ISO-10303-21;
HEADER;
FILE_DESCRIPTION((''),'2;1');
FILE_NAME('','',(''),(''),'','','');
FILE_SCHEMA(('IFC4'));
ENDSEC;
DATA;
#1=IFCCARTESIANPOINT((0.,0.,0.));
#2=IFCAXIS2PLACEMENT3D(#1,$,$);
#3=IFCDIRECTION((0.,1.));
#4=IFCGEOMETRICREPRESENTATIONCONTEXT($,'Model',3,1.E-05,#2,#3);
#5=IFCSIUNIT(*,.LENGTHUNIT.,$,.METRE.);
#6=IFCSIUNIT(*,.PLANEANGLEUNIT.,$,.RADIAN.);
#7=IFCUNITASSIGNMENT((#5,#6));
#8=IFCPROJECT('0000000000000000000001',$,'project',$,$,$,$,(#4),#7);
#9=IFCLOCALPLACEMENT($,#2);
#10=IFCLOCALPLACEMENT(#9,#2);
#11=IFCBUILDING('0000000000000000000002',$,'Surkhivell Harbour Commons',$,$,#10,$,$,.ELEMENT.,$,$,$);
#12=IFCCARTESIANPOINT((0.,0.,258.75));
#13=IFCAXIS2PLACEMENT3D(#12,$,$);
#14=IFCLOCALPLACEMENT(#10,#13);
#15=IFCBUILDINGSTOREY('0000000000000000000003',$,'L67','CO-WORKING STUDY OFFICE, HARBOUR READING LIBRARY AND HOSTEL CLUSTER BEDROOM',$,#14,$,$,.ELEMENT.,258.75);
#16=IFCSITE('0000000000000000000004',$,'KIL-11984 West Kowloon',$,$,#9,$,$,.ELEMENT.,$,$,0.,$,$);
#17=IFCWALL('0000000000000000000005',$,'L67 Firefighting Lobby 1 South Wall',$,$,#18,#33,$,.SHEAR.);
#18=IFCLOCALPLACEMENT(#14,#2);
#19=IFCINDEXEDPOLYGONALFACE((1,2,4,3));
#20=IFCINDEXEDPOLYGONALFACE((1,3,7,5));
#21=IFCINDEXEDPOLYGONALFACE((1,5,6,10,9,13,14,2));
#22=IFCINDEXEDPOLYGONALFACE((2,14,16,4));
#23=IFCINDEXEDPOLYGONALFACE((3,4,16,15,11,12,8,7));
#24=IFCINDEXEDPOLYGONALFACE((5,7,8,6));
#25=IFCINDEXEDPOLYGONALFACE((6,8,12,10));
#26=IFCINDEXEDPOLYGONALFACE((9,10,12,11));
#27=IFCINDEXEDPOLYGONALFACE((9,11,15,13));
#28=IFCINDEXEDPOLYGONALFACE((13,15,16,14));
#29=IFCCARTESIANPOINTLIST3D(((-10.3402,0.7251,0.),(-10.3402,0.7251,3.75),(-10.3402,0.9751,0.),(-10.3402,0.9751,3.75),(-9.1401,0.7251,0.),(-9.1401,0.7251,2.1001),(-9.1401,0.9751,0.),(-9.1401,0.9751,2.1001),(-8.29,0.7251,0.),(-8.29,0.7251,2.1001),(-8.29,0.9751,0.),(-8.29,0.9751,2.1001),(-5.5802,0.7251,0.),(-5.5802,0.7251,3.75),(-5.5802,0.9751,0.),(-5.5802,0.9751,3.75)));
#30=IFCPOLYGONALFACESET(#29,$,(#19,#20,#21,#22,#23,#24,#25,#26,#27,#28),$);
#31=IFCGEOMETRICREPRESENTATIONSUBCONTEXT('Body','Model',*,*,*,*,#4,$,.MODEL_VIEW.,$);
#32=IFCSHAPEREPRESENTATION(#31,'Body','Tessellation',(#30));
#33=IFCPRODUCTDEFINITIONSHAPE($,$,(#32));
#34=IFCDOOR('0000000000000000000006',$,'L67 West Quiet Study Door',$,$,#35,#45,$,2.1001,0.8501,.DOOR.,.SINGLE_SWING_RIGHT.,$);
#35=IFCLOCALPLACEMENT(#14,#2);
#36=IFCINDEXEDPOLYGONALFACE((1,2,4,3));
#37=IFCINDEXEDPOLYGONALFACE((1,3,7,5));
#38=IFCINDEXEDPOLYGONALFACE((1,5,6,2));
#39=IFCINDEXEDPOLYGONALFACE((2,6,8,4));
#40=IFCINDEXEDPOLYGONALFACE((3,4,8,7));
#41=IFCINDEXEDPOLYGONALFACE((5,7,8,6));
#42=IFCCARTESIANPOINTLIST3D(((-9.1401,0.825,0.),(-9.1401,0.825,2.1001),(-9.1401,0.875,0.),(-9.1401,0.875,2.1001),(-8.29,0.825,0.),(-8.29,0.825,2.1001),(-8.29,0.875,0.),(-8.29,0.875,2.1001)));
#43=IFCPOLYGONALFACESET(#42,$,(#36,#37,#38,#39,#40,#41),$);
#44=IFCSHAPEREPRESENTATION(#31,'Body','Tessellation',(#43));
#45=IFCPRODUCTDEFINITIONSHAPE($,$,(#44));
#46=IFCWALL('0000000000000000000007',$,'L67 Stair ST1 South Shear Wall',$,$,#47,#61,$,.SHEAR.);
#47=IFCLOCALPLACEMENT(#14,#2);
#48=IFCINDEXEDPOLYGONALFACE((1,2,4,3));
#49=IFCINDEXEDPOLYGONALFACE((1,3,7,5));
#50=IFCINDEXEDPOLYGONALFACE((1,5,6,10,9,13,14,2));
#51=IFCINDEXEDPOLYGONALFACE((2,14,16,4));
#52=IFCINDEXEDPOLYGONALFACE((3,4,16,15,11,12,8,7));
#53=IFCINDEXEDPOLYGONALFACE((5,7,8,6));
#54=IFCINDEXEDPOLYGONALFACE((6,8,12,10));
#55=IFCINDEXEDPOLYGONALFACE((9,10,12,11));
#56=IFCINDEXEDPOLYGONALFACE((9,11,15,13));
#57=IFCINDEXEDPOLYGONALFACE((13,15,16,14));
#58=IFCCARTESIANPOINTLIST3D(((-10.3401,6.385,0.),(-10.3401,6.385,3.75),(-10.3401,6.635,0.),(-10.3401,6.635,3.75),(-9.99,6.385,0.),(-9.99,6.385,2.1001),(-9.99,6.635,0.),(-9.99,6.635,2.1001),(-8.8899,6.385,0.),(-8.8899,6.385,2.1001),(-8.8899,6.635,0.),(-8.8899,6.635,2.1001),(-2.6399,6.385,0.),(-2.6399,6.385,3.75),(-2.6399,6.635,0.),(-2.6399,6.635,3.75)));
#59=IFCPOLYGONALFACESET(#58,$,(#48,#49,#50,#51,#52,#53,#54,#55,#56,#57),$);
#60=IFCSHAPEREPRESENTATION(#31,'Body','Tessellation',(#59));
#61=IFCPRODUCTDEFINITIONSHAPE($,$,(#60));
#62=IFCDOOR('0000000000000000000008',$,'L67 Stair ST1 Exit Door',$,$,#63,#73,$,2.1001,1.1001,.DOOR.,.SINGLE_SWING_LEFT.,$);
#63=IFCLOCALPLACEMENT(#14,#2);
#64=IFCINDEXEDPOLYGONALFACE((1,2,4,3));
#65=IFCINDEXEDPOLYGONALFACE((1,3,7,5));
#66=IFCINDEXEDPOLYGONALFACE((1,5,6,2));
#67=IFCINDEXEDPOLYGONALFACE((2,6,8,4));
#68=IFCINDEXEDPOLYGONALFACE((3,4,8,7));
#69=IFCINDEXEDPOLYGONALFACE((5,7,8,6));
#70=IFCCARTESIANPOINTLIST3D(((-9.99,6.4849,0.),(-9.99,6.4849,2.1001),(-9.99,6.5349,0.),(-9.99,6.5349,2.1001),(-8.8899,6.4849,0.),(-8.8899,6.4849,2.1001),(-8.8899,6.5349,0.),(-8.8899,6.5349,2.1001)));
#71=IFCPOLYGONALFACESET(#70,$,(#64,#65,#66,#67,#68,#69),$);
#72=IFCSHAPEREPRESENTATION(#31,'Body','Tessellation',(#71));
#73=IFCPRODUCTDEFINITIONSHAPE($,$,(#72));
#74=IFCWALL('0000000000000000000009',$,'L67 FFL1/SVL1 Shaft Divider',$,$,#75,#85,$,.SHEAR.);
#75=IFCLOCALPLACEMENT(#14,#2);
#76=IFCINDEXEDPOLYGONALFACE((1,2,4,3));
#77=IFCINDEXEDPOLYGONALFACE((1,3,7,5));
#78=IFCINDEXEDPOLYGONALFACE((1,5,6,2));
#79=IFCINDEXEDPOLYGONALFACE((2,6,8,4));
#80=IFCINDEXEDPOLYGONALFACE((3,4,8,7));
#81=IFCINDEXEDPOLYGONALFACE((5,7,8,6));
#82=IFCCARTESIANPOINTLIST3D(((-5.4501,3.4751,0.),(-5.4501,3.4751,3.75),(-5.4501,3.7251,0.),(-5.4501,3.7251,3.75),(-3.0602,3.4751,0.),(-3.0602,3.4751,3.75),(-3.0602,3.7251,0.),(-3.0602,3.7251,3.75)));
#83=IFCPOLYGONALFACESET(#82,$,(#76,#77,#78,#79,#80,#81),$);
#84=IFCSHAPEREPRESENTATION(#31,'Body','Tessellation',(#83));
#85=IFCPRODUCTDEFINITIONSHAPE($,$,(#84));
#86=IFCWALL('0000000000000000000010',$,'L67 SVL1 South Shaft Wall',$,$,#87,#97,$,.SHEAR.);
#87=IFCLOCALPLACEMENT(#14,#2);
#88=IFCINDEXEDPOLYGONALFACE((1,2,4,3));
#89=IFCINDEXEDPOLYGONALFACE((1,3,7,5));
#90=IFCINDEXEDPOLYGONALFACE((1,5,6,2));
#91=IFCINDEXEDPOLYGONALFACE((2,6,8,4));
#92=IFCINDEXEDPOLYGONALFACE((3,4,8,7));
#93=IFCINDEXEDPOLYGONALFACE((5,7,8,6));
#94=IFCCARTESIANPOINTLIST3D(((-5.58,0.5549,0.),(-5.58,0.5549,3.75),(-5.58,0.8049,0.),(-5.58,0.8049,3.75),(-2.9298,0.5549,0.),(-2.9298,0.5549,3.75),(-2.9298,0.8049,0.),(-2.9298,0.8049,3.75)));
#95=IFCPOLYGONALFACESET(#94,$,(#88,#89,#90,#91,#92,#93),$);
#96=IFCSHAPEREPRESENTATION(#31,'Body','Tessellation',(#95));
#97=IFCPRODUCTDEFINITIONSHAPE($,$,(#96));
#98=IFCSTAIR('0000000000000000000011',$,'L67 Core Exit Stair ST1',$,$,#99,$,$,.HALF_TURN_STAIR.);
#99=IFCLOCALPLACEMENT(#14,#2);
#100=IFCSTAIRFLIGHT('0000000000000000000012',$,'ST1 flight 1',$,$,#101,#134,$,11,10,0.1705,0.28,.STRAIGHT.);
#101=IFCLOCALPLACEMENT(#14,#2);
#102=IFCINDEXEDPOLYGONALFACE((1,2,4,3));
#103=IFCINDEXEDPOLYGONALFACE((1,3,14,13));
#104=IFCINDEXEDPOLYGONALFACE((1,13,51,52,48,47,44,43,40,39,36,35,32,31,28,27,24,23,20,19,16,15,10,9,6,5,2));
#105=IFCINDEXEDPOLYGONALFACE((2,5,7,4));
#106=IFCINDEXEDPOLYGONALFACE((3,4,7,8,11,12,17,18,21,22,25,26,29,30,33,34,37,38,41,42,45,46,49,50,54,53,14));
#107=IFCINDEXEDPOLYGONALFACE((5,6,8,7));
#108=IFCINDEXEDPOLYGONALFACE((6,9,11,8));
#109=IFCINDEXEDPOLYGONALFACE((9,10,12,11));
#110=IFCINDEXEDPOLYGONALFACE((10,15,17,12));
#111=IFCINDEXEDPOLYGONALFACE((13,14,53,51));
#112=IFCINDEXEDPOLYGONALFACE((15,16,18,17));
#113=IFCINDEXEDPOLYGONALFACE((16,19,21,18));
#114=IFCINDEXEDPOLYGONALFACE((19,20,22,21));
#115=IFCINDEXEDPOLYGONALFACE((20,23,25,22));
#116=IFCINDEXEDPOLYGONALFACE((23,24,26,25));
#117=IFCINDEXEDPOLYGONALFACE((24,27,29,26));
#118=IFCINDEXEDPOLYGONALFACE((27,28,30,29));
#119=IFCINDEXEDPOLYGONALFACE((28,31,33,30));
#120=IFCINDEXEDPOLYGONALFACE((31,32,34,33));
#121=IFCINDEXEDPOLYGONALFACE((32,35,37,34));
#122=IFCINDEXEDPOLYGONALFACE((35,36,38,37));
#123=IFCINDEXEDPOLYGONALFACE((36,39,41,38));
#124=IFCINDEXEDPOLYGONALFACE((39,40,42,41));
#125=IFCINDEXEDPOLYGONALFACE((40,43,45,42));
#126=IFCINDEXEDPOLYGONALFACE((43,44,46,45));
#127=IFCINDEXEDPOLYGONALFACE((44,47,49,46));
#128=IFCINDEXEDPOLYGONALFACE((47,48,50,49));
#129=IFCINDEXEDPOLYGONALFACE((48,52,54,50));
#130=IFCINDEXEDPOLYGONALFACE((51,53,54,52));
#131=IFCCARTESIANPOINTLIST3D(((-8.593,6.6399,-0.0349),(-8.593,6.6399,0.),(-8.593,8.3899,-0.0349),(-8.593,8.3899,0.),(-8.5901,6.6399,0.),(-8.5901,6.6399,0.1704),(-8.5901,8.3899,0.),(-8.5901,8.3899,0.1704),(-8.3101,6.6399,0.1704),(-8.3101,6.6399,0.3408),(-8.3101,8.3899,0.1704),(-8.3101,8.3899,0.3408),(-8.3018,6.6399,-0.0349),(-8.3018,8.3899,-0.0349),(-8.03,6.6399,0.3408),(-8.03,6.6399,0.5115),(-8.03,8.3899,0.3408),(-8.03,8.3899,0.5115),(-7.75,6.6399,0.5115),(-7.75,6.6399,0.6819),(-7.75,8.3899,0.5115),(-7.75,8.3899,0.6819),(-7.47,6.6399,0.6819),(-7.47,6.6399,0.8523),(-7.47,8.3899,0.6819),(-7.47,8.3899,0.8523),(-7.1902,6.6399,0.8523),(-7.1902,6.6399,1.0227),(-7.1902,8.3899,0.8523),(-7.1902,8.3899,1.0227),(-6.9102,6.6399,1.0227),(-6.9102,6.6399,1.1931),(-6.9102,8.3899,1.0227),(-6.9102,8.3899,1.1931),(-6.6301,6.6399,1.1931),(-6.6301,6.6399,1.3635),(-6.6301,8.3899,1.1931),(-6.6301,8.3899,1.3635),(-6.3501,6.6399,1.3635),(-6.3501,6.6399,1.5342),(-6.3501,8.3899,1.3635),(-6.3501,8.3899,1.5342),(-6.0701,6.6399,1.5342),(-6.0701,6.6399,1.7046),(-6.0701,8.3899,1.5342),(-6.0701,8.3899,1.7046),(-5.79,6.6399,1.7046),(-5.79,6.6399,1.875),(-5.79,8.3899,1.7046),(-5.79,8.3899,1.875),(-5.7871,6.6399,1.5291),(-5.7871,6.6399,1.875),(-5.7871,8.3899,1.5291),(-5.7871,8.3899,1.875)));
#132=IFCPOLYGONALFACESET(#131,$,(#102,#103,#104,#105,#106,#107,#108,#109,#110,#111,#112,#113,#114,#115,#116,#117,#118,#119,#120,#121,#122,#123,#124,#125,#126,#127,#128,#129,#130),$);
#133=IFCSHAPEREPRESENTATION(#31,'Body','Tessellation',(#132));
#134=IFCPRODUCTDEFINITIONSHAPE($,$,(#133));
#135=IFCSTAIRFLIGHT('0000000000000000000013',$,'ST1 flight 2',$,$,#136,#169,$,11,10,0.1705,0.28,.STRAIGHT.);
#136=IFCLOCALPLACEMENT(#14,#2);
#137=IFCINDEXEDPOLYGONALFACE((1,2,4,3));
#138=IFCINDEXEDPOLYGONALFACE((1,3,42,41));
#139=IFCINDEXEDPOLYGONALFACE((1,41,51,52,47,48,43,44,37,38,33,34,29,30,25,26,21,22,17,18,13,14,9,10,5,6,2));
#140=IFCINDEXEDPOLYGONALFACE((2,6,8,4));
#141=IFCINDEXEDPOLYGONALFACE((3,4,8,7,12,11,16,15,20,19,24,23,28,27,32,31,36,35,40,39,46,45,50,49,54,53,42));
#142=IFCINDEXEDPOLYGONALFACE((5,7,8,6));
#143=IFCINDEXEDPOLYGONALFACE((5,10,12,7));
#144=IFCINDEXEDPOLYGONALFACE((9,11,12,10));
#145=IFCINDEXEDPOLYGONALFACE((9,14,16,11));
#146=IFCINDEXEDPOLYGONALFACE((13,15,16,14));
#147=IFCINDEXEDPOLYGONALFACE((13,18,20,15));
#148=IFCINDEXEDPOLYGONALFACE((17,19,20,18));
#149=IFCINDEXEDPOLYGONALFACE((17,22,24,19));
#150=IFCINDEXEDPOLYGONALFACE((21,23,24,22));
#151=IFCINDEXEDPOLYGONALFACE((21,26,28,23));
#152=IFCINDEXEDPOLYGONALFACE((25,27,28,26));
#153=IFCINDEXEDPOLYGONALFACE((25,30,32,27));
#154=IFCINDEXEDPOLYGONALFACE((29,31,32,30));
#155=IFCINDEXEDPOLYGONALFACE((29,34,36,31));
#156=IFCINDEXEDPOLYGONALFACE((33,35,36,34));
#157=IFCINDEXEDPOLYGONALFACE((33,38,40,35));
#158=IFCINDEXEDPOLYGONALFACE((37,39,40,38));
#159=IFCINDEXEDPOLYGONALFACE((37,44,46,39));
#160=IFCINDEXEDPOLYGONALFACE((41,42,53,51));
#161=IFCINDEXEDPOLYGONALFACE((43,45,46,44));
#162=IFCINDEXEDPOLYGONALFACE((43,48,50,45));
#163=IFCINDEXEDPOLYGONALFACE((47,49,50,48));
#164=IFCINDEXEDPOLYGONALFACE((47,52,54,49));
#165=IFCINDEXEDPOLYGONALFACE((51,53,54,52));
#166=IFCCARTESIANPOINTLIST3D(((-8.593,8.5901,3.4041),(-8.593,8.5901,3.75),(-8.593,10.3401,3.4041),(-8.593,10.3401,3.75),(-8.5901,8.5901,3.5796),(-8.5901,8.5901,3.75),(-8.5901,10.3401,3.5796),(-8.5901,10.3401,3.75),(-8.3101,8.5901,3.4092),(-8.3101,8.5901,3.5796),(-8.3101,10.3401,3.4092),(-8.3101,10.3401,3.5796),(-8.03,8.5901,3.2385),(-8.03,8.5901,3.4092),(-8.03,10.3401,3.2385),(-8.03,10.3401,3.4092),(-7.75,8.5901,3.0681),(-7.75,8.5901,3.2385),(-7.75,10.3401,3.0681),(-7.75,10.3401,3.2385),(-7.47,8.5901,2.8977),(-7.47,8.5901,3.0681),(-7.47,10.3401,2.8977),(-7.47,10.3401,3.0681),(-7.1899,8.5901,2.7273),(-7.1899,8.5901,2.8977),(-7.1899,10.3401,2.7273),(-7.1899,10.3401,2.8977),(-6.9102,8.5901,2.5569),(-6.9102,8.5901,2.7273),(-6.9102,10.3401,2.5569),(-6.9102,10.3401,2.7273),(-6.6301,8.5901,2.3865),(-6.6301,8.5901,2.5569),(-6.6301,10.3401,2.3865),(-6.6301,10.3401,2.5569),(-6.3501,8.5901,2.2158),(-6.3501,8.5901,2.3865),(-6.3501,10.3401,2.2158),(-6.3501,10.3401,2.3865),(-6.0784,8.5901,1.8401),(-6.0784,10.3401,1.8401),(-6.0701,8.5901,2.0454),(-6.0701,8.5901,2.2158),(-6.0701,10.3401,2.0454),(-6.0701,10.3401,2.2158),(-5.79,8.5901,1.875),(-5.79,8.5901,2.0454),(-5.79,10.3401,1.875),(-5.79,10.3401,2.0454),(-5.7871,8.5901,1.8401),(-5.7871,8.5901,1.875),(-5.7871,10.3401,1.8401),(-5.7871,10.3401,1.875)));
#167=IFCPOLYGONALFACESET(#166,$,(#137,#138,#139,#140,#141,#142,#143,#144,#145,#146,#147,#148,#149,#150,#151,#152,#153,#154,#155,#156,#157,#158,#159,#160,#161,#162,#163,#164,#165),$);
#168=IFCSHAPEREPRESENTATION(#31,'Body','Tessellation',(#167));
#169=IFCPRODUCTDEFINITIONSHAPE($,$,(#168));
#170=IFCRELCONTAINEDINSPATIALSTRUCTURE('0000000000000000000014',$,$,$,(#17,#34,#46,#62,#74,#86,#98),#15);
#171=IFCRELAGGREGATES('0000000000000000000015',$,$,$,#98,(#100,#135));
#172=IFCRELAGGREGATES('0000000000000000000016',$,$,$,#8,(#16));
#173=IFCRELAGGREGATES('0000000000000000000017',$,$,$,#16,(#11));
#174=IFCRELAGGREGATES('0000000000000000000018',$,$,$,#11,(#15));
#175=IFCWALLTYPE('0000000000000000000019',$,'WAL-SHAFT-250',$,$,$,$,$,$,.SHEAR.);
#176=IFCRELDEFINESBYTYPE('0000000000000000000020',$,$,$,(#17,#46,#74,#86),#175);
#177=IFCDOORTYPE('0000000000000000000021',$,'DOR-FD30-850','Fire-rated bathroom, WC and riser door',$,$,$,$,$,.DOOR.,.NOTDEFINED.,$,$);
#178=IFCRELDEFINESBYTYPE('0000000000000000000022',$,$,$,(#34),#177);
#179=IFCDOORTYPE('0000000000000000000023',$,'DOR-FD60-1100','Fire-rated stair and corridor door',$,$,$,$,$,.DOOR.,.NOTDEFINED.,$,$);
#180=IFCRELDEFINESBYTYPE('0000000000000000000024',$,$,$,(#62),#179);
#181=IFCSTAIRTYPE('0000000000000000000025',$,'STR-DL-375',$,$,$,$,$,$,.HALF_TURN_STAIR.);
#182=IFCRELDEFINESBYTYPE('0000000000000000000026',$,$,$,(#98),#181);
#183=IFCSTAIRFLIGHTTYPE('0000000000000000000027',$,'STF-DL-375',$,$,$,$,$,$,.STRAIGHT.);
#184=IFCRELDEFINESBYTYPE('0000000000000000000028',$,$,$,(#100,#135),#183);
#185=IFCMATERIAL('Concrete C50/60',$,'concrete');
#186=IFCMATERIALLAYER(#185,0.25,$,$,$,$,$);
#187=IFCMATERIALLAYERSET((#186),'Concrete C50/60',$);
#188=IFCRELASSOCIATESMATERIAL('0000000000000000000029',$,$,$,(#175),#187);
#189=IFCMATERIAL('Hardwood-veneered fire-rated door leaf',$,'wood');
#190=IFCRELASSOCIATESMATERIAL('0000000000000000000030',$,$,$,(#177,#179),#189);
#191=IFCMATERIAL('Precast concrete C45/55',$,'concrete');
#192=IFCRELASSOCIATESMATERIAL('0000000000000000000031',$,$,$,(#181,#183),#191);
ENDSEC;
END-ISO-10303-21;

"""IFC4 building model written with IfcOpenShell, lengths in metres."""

from ifc_helpers import new_model, si_unit, direction, frame, frame_2d, origin, place, context, subcontext, project, spatial, polyline, rectangle, outline, extrude, material, layer, layer_set, type_object, element, fill, aggregate, save


model = new_model("IFC4")

# Units and contexts
model_context = context("Model", 3, precision=1e-05, world=origin(), true_north=direction((0.0, 1.0)))
body_context = subcontext(model_context, "Body", "Model", "MODEL_VIEW")
ifc_project = project(units=[si_unit("LENGTHUNIT", "METRE"), si_unit("PLANEANGLEUNIT", "RADIAN")], contexts=[model_context])

# Site, building, storey
site_placement = place(None, origin())
site = spatial("IfcSite", under=ifc_project, at=site_placement, Name="KIL-11984 West Kowloon", CompositionType="ELEMENT", RefElevation=0.0)
building_placement = place(site_placement, origin())
building = spatial("IfcBuilding", under=site, at=building_placement, Name="Surkhivell Harbour Commons", CompositionType="ELEMENT")
storey_placement = place(building_placement, frame((0.0, 0.0, 258.75)))
storey = spatial("IfcBuildingStorey", under=building, at=storey_placement, Name="L67", Description="CO-WORKING STUDY OFFICE, HARBOUR READING LIBRARY AND HOSTEL CLUSTER BEDROOM", CompositionType="ELEMENT", Elevation=258.75)

# Shared definitions
ifc_material_1 = material(Name="Concrete C50/60", Category="concrete")

# Shared definitions
ifc_material_2 = material(Name="Hardwood-veneered fire-rated door leaf", Category="wood")

# Walls, openings, doors
ifc_layer_1 = layer(ifc_material_1, 0.25)
ifc_layer_set_1 = layer_set([ifc_layer_1], Name="Concrete C50/60")
wall_type_1 = type_object("IfcWallType", Name="WAL-SHAFT-250", PredefinedType="SHEAR", material=ifc_layer_set_1)
wall_1_placement = place(storey_placement, frame((-10.3401, 0.8501, 0.0), z_axis=(0.0, 0.0, 1.0), x_axis=(1.0, 0.0, 0.0)))
wall_1 = element("IfcWall", 1, at=wall_1_placement, inside=storey, type_object=wall_type_1, Name="L67 Firefighting Lobby 1 South Wall", PredefinedType="SHEAR", context=body_context, shape_type="SweptSolid", body=[
    extrude(rectangle(XDim=4.76, YDim=0.25, at=frame_2d((2.3799, 0.0))), origin(), (0.0, 0.0, 1.0), 3.75),
])
opening_1_placement = place(wall_1_placement, frame((1.2, 0.0, 0.0)))
opening_1 = element("IfcOpeningElement", 2, at=opening_1_placement, cuts=wall_1, PredefinedType="OPENING", context=body_context, shape_type="SweptSolid", body=[
    extrude(rectangle(XDim=0.8501, YDim=2.1001, at=frame_2d((0.425, 1.05))), frame((0.0, 0.135, 0.0), z_axis=(0.0, -1.0, 0.0), x_axis=(1.0, 0.0, 0.0)), (0.0, 0.0, 1.0), 0.27),
])
door_type_1 = type_object("IfcDoorType", Name="DOR-FD30-850", Description="Fire-rated bathroom, WC and riser door", OperationType="NOTDEFINED", PredefinedType="DOOR", material=ifc_material_2)
door_1_placement = place(opening_1_placement, origin())
door_1 = element("IfcDoor", 3, at=door_1_placement, inside=storey, type_object=door_type_1, Name="L67 West Quiet Study Door", OperationType="SINGLE_SWING_RIGHT", OverallHeight=2.1001, OverallWidth=0.8501, PredefinedType="DOOR", context=body_context, shape_type="SweptSolid", body=[
    extrude(rectangle(XDim=0.8501, YDim=2.1001, at=frame_2d((0.425, 1.05))), frame((0.0, 0.0249, 0.0), z_axis=(0.0, -1.0, 0.0), x_axis=(1.0, 0.0, 0.0)), (0.0, 0.0, 1.0), 0.05),
])
fill(opening_1, door_1)
wall_2_placement = place(storey_placement, frame((-10.3401, 6.51, 0.0), z_axis=(0.0, 0.0, 1.0), x_axis=(1.0, 0.0, 0.0)))
wall_2 = element("IfcWall", 4, at=wall_2_placement, inside=storey, type_object=wall_type_1, Name="L67 Stair ST1 South Shear Wall", PredefinedType="SHEAR", context=body_context, shape_type="SweptSolid", body=[
    extrude(rectangle(XDim=7.7002, YDim=0.25, at=frame_2d((3.8501, 0.0))), origin(), (0.0, 0.0, 1.0), 3.75),
])
opening_2_placement = place(wall_2_placement, frame((0.3501, 0.0, 0.0)))
opening_2 = element("IfcOpeningElement", 5, at=opening_2_placement, cuts=wall_2, PredefinedType="OPENING", context=body_context, shape_type="SweptSolid", body=[
    extrude(rectangle(XDim=1.1001, YDim=2.1001, at=frame_2d((0.55, 1.05))), frame((0.0, 0.135, 0.0), z_axis=(0.0, -1.0, 0.0), x_axis=(1.0, 0.0, 0.0)), (0.0, 0.0, 1.0), 0.27),
])
door_type_2 = type_object("IfcDoorType", Name="DOR-FD60-1100", Description="Fire-rated stair and corridor door", OperationType="NOTDEFINED", PredefinedType="DOOR", material=ifc_material_2)
door_2_placement = place(opening_2_placement, origin())
door_2 = element("IfcDoor", 6, at=door_2_placement, inside=storey, type_object=door_type_2, Name="L67 Stair ST1 Exit Door", OperationType="SINGLE_SWING_LEFT", OverallHeight=2.1001, OverallWidth=1.1001, PredefinedType="DOOR", context=body_context, shape_type="SweptSolid", body=[
    extrude(rectangle(XDim=1.1001, YDim=2.1001, at=frame_2d((0.55, 1.05))), frame((0.0, 0.0249, 0.0), z_axis=(0.0, -1.0, 0.0), x_axis=(1.0, 0.0, 0.0)), (0.0, 0.0, 1.0), 0.05),
])
fill(opening_2, door_2)

# Walls
wall_3_placement = place(storey_placement, frame((-5.45, 3.6001, 0.0), z_axis=(0.0, 0.0, 1.0), x_axis=(1.0, 0.0, 0.0)))
element("IfcWall", 7, at=wall_3_placement, inside=storey, type_object=wall_type_1, Name="L67 FFL1/SVL1 Shaft Divider", PredefinedType="SHEAR", context=body_context, shape_type="SweptSolid", body=[
    extrude(rectangle(XDim=2.3899, YDim=0.25, at=frame_2d((1.1948, 0.0))), origin(), (0.0, 0.0, 1.0), 3.75),
])
wall_4_placement = place(storey_placement, frame((-5.5801, 0.6799, 0.0), z_axis=(0.0, 0.0, 1.0), x_axis=(1.0, 0.0, 0.0)))
element("IfcWall", 8, at=wall_4_placement, inside=storey, type_object=wall_type_1, Name="L67 SVL1 South Shaft Wall", PredefinedType="SHEAR", context=body_context, shape_type="SweptSolid", body=[
    extrude(rectangle(XDim=2.6501, YDim=0.25, at=frame_2d((1.3252, 0.0))), origin(), (0.0, 0.0, 1.0), 3.75),
])

# Stair, stair flights
ifc_material_3 = material(Name="Precast concrete C45/55", Category="concrete")
stair_type = type_object("IfcStairType", Name="STR-DL-375", PredefinedType="HALF_TURN_STAIR", material=ifc_material_3)
stair_placement = place(storey_placement, origin())
stair = element("IfcStair", 9, at=stair_placement, inside=storey, type_object=stair_type, Name="L67 Core Exit Stair ST1", PredefinedType="HALF_TURN_STAIR")
stair_flight_type = type_object("IfcStairFlightType", Name="STF-DL-375", PredefinedType="STRAIGHT", material=ifc_material_3)
stair_flight_1_placement = place(storey_placement, frame((-8.5901, 7.5149, 0.0), z_axis=(0.0, 0.0, 1.0), x_axis=(1.0, 0.0, 0.0)))
stair_flight_1 = element("IfcStairFlight", 10, at=stair_flight_1_placement, type_object=stair_flight_type, Name="ST1 flight 1", NumberOfRisers=11, NumberOfTreads=10, PredefinedType="STRAIGHT", RiserHeight=0.1705, TreadLength=0.28, context=body_context, shape_type="SweptSolid", body=[
    extrude(outline(polyline([(-0.0029, -0.0349), (-0.0029, 0.0), (0.0, 0.0), (0.0, 0.1704), (0.28, 0.1704), (0.28, 0.3408), (0.5601, 0.3408), (0.5601, 0.5115), (0.8401, 0.5115), (0.8401, 0.6819), (1.1201, 0.6819), (1.1201, 0.8523), (1.3999, 0.8523), (1.3999, 1.0227), (1.6799, 1.0227), (1.6799, 1.1931), (1.96, 1.1931), (1.96, 1.3635), (2.24, 1.3635), (2.24, 1.5342), (2.52, 1.5342), (2.52, 1.7046), (2.8, 1.7046), (2.8, 1.875), (2.803, 1.875), (2.803, 1.5291), (0.2883, -0.0349), (-0.0029, -0.0349)])), frame((0.0, 0.875, 0.0), z_axis=(0.0, -1.0, 0.0), x_axis=(1.0, 0.0, 0.0)), (0.0, 0.0, 1.0), 1.75),
])
stair_flight_2_placement = place(storey_placement, frame((-5.79, 9.4651, 1.875), z_axis=(0.0, 0.0, 1.0), x_axis=(-1.0, 0.0, 0.0)))
stair_flight_2 = element("IfcStairFlight", 11, at=stair_flight_2_placement, type_object=stair_flight_type, Name="ST1 flight 2", NumberOfRisers=11, NumberOfTreads=10, PredefinedType="STRAIGHT", RiserHeight=0.1705, TreadLength=0.28, context=body_context, shape_type="SweptSolid", body=[
    extrude(outline(polyline([(-0.0029, -0.0349), (-0.0029, 0.0), (0.0, 0.0), (0.0, 0.1704), (0.28, 0.1704), (0.28, 0.3408), (0.5601, 0.3408), (0.5601, 0.5115), (0.8401, 0.5115), (0.8401, 0.6819), (1.1201, 0.6819), (1.1201, 0.8523), (1.3999, 0.8523), (1.3999, 1.0227), (1.6799, 1.0227), (1.6799, 1.1931), (1.96, 1.1931), (1.96, 1.3635), (2.24, 1.3635), (2.24, 1.5342), (2.52, 1.5342), (2.52, 1.7046), (2.8, 1.7046), (2.8, 1.875), (2.803, 1.875), (2.803, 1.5291), (0.2883, -0.0349), (-0.0029, -0.0349)])), frame((0.0, 0.875, 0.0), z_axis=(0.0, -1.0, 0.0), x_axis=(1.0, 0.0, 0.0)), (0.0, 0.0, 1.0), 1.75),
])
aggregate(stair, [stair_flight_1, stair_flight_2])

save(model, "model.ifc")
